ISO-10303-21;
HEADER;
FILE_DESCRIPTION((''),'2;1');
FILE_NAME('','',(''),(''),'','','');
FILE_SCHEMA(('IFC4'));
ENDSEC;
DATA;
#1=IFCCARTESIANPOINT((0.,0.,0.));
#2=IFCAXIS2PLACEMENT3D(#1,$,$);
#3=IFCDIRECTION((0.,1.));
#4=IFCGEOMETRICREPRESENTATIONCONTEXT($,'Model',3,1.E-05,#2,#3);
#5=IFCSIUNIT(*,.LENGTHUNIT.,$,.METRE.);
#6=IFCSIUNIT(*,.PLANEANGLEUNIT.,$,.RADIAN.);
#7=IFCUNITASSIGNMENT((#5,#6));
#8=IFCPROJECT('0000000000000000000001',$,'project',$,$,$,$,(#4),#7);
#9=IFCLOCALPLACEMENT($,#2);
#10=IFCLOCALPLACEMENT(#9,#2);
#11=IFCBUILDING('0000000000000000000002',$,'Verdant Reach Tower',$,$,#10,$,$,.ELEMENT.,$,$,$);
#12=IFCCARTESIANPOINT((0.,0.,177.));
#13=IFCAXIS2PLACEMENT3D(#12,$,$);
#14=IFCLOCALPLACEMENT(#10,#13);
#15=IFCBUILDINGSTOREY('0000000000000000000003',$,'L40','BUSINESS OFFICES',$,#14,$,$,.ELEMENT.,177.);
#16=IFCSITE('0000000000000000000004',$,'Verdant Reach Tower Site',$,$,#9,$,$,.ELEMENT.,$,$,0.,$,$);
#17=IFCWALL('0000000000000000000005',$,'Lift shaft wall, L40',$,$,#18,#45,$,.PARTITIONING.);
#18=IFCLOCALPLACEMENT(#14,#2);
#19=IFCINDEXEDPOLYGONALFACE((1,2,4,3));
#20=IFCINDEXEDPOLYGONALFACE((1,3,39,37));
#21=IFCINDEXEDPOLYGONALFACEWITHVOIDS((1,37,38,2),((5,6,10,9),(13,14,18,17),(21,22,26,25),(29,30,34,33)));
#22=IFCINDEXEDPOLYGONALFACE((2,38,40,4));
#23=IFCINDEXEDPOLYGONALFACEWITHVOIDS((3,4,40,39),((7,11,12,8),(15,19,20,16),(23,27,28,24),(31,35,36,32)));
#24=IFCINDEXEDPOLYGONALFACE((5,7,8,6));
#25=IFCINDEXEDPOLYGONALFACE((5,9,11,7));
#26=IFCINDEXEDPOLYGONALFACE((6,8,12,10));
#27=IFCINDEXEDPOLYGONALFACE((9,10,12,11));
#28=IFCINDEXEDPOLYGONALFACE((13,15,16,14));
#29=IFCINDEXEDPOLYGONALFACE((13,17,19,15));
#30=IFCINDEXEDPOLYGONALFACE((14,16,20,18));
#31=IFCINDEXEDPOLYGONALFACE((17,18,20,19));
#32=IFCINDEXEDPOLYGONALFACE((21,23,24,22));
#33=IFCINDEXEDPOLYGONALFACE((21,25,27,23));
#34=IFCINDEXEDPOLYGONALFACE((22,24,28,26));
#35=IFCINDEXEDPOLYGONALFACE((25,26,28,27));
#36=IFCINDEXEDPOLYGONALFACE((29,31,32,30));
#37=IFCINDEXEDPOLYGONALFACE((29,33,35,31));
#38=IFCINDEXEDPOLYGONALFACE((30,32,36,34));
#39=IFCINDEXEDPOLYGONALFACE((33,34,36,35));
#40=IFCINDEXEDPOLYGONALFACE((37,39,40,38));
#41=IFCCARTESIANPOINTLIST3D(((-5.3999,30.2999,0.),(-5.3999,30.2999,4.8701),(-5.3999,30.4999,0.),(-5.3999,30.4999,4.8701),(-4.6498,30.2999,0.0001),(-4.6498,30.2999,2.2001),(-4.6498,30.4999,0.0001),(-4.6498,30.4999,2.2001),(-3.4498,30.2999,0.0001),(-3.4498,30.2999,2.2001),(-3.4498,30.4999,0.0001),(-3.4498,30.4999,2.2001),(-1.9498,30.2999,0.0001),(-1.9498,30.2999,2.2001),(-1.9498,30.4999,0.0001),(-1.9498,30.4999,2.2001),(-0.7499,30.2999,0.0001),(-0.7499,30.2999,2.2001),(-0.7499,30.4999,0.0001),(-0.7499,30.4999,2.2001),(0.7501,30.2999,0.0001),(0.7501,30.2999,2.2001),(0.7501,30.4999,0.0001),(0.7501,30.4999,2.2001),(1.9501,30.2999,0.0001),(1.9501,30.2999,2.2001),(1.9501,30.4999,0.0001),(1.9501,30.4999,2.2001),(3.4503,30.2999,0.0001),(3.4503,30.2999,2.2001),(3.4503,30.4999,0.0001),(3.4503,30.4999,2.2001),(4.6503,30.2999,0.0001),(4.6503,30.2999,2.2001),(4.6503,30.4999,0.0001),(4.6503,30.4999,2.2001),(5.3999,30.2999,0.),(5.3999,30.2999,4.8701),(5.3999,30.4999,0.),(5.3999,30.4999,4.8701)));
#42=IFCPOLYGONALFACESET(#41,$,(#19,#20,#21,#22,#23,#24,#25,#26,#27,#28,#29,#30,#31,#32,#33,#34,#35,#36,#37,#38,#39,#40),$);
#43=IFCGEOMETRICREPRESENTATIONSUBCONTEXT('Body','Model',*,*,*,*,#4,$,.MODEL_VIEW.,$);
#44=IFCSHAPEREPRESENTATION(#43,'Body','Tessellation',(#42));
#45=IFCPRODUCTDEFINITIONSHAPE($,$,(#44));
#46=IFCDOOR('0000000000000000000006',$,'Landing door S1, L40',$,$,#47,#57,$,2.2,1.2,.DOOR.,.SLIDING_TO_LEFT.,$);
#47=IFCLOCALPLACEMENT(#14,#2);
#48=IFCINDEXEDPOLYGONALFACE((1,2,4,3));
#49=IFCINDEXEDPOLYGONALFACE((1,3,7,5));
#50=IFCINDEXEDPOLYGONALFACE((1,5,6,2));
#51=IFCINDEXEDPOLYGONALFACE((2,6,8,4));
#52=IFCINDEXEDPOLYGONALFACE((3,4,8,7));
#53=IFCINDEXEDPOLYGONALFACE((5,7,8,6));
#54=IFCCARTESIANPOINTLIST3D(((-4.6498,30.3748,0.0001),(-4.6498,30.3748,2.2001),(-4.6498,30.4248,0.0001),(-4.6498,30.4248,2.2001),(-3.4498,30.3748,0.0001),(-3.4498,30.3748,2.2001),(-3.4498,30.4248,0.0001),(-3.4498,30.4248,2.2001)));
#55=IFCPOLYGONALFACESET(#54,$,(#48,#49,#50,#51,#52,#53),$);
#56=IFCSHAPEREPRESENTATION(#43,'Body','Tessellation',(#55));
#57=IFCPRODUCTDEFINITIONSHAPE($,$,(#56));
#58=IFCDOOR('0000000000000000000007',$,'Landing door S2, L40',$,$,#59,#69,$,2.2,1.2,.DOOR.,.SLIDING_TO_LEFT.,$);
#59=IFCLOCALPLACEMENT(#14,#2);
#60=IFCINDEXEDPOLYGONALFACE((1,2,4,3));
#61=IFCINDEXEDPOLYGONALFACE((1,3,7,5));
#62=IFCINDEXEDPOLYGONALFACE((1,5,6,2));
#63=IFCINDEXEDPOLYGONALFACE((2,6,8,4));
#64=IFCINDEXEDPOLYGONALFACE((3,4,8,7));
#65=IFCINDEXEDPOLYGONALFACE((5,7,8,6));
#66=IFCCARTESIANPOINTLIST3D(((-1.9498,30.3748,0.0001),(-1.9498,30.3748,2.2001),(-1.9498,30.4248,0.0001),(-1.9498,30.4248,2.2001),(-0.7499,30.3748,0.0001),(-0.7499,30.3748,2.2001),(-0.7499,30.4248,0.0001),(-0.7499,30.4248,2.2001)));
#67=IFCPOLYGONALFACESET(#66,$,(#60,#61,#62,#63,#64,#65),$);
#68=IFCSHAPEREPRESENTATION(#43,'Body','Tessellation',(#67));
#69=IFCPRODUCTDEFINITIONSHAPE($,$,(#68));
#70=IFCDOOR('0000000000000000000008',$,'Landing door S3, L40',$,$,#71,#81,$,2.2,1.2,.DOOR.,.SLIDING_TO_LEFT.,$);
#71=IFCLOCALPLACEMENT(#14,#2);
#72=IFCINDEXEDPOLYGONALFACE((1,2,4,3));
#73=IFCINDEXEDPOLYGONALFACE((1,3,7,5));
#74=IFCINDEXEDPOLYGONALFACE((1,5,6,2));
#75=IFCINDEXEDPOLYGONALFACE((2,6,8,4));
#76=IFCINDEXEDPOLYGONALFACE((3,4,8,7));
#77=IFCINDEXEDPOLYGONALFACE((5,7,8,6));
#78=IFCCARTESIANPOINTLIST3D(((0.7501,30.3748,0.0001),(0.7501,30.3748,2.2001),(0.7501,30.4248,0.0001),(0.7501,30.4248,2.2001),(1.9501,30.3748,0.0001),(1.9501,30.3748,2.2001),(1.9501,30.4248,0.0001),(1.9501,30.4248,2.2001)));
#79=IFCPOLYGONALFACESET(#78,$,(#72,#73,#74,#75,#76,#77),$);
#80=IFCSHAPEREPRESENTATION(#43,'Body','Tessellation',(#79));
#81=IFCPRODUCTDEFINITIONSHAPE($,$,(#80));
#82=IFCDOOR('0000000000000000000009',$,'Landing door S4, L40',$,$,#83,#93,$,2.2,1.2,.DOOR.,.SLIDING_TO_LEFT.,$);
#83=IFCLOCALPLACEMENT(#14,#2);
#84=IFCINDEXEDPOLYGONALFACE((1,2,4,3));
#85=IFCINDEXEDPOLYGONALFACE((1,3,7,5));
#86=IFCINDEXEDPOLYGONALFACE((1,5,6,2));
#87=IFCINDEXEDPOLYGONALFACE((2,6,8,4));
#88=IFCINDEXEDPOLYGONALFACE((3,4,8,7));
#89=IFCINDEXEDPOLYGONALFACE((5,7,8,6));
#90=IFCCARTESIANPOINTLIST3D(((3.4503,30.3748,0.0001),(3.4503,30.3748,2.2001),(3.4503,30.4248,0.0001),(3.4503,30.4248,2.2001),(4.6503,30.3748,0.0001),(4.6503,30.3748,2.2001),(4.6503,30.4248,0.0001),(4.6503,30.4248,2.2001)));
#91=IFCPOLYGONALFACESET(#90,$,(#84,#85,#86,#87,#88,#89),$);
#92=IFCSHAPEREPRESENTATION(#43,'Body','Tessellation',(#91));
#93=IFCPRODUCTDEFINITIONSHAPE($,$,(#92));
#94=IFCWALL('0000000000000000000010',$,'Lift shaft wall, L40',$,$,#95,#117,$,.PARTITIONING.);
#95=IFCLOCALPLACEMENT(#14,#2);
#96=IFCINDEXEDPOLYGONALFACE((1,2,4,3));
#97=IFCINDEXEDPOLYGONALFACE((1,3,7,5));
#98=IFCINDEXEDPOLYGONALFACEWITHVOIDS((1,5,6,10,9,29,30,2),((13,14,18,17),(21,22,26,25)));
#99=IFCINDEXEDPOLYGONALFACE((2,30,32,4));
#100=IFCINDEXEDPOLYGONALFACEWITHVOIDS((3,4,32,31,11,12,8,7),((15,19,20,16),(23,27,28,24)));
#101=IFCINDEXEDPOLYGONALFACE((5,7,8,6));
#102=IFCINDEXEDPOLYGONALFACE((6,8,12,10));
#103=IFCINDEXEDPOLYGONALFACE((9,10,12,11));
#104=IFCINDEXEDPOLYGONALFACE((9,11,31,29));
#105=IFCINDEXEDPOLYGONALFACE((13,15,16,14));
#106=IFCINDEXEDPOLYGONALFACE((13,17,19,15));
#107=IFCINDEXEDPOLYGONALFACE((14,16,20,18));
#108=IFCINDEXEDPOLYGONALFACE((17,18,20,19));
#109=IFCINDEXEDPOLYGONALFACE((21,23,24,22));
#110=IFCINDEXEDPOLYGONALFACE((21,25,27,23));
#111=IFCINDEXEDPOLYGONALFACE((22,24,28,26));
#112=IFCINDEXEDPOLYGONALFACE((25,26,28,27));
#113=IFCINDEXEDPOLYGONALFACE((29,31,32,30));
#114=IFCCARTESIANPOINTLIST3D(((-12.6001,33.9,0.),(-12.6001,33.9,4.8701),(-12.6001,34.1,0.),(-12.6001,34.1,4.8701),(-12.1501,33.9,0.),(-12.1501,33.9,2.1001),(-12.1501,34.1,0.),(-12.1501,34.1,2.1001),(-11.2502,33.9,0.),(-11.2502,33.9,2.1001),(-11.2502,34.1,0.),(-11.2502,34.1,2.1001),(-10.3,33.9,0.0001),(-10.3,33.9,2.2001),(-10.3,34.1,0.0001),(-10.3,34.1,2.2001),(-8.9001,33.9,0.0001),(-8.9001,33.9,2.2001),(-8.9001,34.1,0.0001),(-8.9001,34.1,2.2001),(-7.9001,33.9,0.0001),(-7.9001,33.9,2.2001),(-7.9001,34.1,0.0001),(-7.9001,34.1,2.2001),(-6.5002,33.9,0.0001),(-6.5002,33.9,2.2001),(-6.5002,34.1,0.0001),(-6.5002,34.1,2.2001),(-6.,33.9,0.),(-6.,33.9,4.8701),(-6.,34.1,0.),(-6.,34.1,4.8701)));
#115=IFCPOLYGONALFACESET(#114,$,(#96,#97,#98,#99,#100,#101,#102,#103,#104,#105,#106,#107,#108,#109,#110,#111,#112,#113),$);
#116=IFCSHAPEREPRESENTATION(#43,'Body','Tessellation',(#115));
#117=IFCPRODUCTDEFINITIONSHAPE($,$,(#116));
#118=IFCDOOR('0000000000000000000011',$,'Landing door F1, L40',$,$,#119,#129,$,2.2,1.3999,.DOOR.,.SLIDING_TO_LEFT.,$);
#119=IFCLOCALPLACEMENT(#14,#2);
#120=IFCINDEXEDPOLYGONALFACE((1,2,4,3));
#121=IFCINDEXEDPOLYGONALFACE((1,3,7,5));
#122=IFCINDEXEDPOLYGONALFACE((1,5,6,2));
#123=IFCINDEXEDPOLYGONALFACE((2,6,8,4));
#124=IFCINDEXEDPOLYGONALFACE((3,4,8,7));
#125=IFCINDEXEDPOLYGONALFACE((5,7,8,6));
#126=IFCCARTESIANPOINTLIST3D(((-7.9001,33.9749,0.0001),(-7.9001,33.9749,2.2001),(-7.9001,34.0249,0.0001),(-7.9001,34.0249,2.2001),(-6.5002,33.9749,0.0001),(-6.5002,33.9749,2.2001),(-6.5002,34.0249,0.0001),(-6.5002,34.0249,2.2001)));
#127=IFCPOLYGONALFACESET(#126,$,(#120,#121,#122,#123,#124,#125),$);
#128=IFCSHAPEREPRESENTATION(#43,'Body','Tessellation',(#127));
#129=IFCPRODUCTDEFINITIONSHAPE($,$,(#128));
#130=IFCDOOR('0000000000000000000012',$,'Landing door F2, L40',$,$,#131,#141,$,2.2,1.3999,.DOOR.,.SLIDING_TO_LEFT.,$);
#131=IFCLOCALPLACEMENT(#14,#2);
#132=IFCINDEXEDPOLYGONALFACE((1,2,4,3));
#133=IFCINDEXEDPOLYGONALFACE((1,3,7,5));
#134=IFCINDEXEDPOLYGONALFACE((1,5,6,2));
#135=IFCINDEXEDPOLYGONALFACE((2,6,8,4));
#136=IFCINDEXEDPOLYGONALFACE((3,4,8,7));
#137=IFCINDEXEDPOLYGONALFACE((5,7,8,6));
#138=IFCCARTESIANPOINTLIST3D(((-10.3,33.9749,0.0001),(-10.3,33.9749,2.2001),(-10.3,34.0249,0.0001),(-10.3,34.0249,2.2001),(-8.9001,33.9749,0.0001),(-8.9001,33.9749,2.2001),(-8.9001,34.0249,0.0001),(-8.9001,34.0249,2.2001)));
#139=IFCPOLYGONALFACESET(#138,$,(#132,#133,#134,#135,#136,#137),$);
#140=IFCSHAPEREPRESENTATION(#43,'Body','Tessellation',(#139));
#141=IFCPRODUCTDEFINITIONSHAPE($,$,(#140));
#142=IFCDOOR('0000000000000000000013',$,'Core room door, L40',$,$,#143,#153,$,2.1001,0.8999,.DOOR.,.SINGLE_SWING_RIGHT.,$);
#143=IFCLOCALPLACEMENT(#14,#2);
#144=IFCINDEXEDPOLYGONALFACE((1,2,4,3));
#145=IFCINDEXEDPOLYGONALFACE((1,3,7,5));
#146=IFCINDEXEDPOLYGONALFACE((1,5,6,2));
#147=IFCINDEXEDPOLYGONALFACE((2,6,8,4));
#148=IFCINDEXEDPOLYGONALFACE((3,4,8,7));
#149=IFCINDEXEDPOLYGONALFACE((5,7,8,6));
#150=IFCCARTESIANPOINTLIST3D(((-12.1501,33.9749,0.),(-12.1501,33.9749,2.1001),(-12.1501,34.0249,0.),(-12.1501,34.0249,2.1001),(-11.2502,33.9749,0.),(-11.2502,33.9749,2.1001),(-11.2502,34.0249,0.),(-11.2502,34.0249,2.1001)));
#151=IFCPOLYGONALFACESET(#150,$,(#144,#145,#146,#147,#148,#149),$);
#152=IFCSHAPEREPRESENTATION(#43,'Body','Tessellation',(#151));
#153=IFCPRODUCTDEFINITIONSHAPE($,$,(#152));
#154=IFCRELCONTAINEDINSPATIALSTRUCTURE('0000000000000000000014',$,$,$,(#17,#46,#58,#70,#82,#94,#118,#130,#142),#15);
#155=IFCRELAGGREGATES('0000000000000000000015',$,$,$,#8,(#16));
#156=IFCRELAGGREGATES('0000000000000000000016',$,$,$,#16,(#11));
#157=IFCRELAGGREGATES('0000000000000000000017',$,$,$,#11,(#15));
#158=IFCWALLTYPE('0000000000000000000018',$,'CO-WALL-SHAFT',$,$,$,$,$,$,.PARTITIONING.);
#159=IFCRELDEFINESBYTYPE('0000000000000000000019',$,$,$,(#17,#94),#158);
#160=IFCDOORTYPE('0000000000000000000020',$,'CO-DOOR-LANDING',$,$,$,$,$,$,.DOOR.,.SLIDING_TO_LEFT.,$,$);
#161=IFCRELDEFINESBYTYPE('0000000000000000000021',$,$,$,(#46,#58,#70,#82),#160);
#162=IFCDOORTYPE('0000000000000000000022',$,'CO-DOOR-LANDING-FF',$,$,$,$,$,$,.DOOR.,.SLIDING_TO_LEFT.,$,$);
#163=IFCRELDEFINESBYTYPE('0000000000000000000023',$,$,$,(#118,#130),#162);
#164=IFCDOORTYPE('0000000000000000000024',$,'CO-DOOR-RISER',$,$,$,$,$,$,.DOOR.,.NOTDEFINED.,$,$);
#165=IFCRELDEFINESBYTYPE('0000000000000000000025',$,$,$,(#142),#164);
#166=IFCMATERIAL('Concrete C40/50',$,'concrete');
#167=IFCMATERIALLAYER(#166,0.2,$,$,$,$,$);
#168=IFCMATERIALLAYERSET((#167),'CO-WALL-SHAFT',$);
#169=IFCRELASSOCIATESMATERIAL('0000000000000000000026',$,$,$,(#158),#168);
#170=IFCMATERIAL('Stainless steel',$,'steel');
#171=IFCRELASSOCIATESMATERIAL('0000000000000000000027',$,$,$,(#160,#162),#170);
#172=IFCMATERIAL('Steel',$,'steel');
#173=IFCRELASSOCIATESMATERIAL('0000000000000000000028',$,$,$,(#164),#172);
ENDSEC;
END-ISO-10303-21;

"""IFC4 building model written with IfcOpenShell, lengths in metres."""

from ifc_helpers import new_model, si_unit, direction, frame, frame_2d, origin, place, context, subcontext, project, spatial, rectangle, extrude, material, layer, layer_set, type_object, element, fill, save


model = new_model("IFC4")

# Units and contexts
model_context = context("Model", 3, precision=1e-05, world=origin(), true_north=direction((0.0, 1.0)))
body_context = subcontext(model_context, "Body", "Model", "MODEL_VIEW")
ifc_project = project(units=[si_unit("LENGTHUNIT", "METRE"), si_unit("PLANEANGLEUNIT", "RADIAN")], contexts=[model_context])

# Site, building, storey
site_placement = place(None, origin())
site = spatial("IfcSite", under=ifc_project, at=site_placement, Name="Verdant Reach Tower Site", CompositionType="ELEMENT", RefElevation=0.0)
building_placement = place(site_placement, origin())
building = spatial("IfcBuilding", under=site, at=building_placement, Name="Verdant Reach Tower", CompositionType="ELEMENT")
storey_placement = place(building_placement, frame((0.0, 0.0, 177.0)))
storey = spatial("IfcBuildingStorey", under=building, at=storey_placement, Name="L40", Description="BUSINESS OFFICES", CompositionType="ELEMENT", Elevation=177.0)

# Shared definitions
ifc_material_1 = material(Name="Concrete C40/50", Category="concrete")
ifc_layer_1 = layer(ifc_material_1, 0.2)
ifc_layer_set_1 = layer_set([ifc_layer_1], Name="CO-WALL-SHAFT")
wall_type_1 = type_object("IfcWallType", Name="CO-WALL-SHAFT", PredefinedType="PARTITIONING", material=ifc_layer_set_1)

# Walls, openings, doors
wall_1_placement = place(storey_placement, frame((-5.3999, 30.3999, 0.0), z_axis=(0.0, 0.0, 1.0), x_axis=(1.0, 0.0, 0.0)))
wall_1 = element("IfcWall", 1, at=wall_1_placement, inside=storey, type_object=wall_type_1, Name="Lift shaft wall, L40", PredefinedType="PARTITIONING", context=body_context, shape_type="SweptSolid", body=[
    extrude(rectangle(XDim=10.7998, YDim=0.2, at=frame_2d((5.3999, 0.0))), origin(), (0.0, 0.0, 1.0), 4.8701),
])
opening_1_placement = place(wall_1_placement, frame((0.75, 0.0, 0.0)))
opening_1 = element("IfcOpeningElement", 2, at=opening_1_placement, cuts=wall_1, PredefinedType="OPENING", context=body_context, shape_type="SweptSolid", body=[
    extrude(rectangle(XDim=1.2, YDim=2.2, at=frame_2d((0.6001, 1.1001))), frame((0.0, 0.1099, 0.0), z_axis=(0.0, -1.0, 0.0), x_axis=(1.0, 0.0, 0.0)), (0.0, 0.0, 1.0), 0.22),
])
opening_2_placement = place(wall_1_placement, frame((3.45, 0.0, 0.0)))
opening_2 = element("IfcOpeningElement", 3, at=opening_2_placement, cuts=wall_1, PredefinedType="OPENING", context=body_context, shape_type="SweptSolid", body=[
    extrude(rectangle(XDim=1.2, YDim=2.2, at=frame_2d((0.6001, 1.1001))), frame((0.0, 0.1099, 0.0), z_axis=(0.0, -1.0, 0.0), x_axis=(1.0, 0.0, 0.0)), (0.0, 0.0, 1.0), 0.22),
])
opening_3_placement = place(wall_1_placement, frame((6.1499, 0.0, 0.0)))
opening_3 = element("IfcOpeningElement", 4, at=opening_3_placement, cuts=wall_1, PredefinedType="OPENING", context=body_context, shape_type="SweptSolid", body=[
    extrude(rectangle(XDim=1.2, YDim=2.2, at=frame_2d((0.6001, 1.1001))), frame((0.0, 0.1099, 0.0), z_axis=(0.0, -1.0, 0.0), x_axis=(1.0, 0.0, 0.0)), (0.0, 0.0, 1.0), 0.22),
])
opening_4_placement = place(wall_1_placement, frame((8.8501, 0.0, 0.0)))
opening_4 = element("IfcOpeningElement", 5, at=opening_4_placement, cuts=wall_1, PredefinedType="OPENING", context=body_context, shape_type="SweptSolid", body=[
    extrude(rectangle(XDim=1.2, YDim=2.2, at=frame_2d((0.6001, 1.1001))), frame((0.0, 0.1099, 0.0), z_axis=(0.0, -1.0, 0.0), x_axis=(1.0, 0.0, 0.0)), (0.0, 0.0, 1.0), 0.22),
])
ifc_material_2 = material(Name="Stainless steel", Category="steel")
door_type_1 = type_object("IfcDoorType", Name="CO-DOOR-LANDING", OperationType="SLIDING_TO_LEFT", PredefinedType="DOOR", material=ifc_material_2)
door_1_placement = place(opening_1_placement, origin())
door_1 = element("IfcDoor", 6, at=door_1_placement, inside=storey, type_object=door_type_1, Name="Landing door S1, L40", OperationType="SLIDING_TO_LEFT", OverallHeight=2.2, OverallWidth=1.2, PredefinedType="DOOR", context=body_context, shape_type="SweptSolid", body=[
    extrude(rectangle(XDim=1.2, YDim=2.2, at=frame_2d((0.6001, 1.1001))), frame((0.0, 0.0249, 0.0), z_axis=(0.0, -1.0, 0.0), x_axis=(1.0, 0.0, 0.0)), (0.0, 0.0, 1.0), 0.05),
])
fill(opening_1, door_1)
door_2_placement = place(opening_2_placement, origin())
door_2 = element("IfcDoor", 7, at=door_2_placement, inside=storey, type_object=door_type_1, Name="Landing door S2, L40", OperationType="SLIDING_TO_LEFT", OverallHeight=2.2, OverallWidth=1.2, PredefinedType="DOOR", context=body_context, shape_type="SweptSolid", body=[
    extrude(rectangle(XDim=1.2, YDim=2.2, at=frame_2d((0.6001, 1.1001))), frame((0.0, 0.0249, 0.0), z_axis=(0.0, -1.0, 0.0), x_axis=(1.0, 0.0, 0.0)), (0.0, 0.0, 1.0), 0.05),
])
fill(opening_2, door_2)
door_3_placement = place(opening_3_placement, origin())
door_3 = element("IfcDoor", 8, at=door_3_placement, inside=storey, type_object=door_type_1, Name="Landing door S3, L40", OperationType="SLIDING_TO_LEFT", OverallHeight=2.2, OverallWidth=1.2, PredefinedType="DOOR", context=body_context, shape_type="SweptSolid", body=[
    extrude(rectangle(XDim=1.2, YDim=2.2, at=frame_2d((0.6001, 1.1001))), frame((0.0, 0.0249, 0.0), z_axis=(0.0, -1.0, 0.0), x_axis=(1.0, 0.0, 0.0)), (0.0, 0.0, 1.0), 0.05),
])
fill(opening_3, door_3)
door_4_placement = place(opening_4_placement, origin())
door_4 = element("IfcDoor", 9, at=door_4_placement, inside=storey, type_object=door_type_1, Name="Landing door S4, L40", OperationType="SLIDING_TO_LEFT", OverallHeight=2.2, OverallWidth=1.2, PredefinedType="DOOR", context=body_context, shape_type="SweptSolid", body=[
    extrude(rectangle(XDim=1.2, YDim=2.2, at=frame_2d((0.6001, 1.1001))), frame((0.0, 0.0249, 0.0), z_axis=(0.0, -1.0, 0.0), x_axis=(1.0, 0.0, 0.0)), (0.0, 0.0, 1.0), 0.05),
])
fill(opening_4, door_4)
wall_2_placement = place(storey_placement, frame((-12.6001, 34.0, 0.0), z_axis=(0.0, 0.0, 1.0), x_axis=(1.0, 0.0, 0.0)))
wall_2 = element("IfcWall", 10, at=wall_2_placement, inside=storey, type_object=wall_type_1, Name="Lift shaft wall, L40", PredefinedType="PARTITIONING", context=body_context, shape_type="SweptSolid", body=[
    extrude(rectangle(XDim=6.6001, YDim=0.2, at=frame_2d((3.3, 0.0))), origin(), (0.0, 0.0, 1.0), 4.8701),
])
opening_5_placement = place(wall_2_placement, frame((4.7, 0.0, 0.0)))
opening_5 = element("IfcOpeningElement", 11, at=opening_5_placement, cuts=wall_2, PredefinedType="OPENING", context=body_context, shape_type="SweptSolid", body=[
    extrude(rectangle(XDim=1.3999, YDim=2.2, at=frame_2d((0.7, 1.1001))), frame((0.0, 0.1099, 0.0), z_axis=(0.0, -1.0, 0.0), x_axis=(1.0, 0.0, 0.0)), (0.0, 0.0, 1.0), 0.22),
])
opening_6_placement = place(wall_2_placement, frame((2.3, 0.0, 0.0)))
opening_6 = element("IfcOpeningElement", 12, at=opening_6_placement, cuts=wall_2, PredefinedType="OPENING", context=body_context, shape_type="SweptSolid", body=[
    extrude(rectangle(XDim=1.3999, YDim=2.2, at=frame_2d((0.7, 1.1001))), frame((0.0, 0.1099, 0.0), z_axis=(0.0, -1.0, 0.0), x_axis=(1.0, 0.0, 0.0)), (0.0, 0.0, 1.0), 0.22),
])
opening_7_placement = place(wall_2_placement, frame((0.45, 0.0, 0.0)))
opening_7 = element("IfcOpeningElement", 13, at=opening_7_placement, cuts=wall_2, PredefinedType="OPENING", context=body_context, shape_type="SweptSolid", body=[
    extrude(rectangle(XDim=0.8999, YDim=2.1001, at=frame_2d((0.45, 1.05))), frame((0.0, 0.1099, 0.0), z_axis=(0.0, -1.0, 0.0), x_axis=(1.0, 0.0, 0.0)), (0.0, 0.0, 1.0), 0.22),
])
door_type_2 = type_object("IfcDoorType", Name="CO-DOOR-LANDING-FF", OperationType="SLIDING_TO_LEFT", PredefinedType="DOOR", material=ifc_material_2)
door_5_placement = place(opening_5_placement, origin())
door_5 = element("IfcDoor", 14, at=door_5_placement, inside=storey, type_object=door_type_2, Name="Landing door F1, L40", OperationType="SLIDING_TO_LEFT", OverallHeight=2.2, OverallWidth=1.3999, PredefinedType="DOOR", context=body_context, shape_type="SweptSolid", body=[
    extrude(rectangle(XDim=1.3999, YDim=2.2, at=frame_2d((0.7, 1.1001))), frame((0.0, 0.0249, 0.0), z_axis=(0.0, -1.0, 0.0), x_axis=(1.0, 0.0, 0.0)), (0.0, 0.0, 1.0), 0.05),
])
fill(opening_5, door_5)
door_6_placement = place(opening_6_placement, origin())
door_6 = element("IfcDoor", 15, at=door_6_placement, inside=storey, type_object=door_type_2, Name="Landing door F2, L40", OperationType="SLIDING_TO_LEFT", OverallHeight=2.2, OverallWidth=1.3999, PredefinedType="DOOR", context=body_context, shape_type="SweptSolid", body=[
    extrude(rectangle(XDim=1.3999, YDim=2.2, at=frame_2d((0.7, 1.1001))), frame((0.0, 0.0249, 0.0), z_axis=(0.0, -1.0, 0.0), x_axis=(1.0, 0.0, 0.0)), (0.0, 0.0, 1.0), 0.05),
])
fill(opening_6, door_6)
ifc_material_3 = material(Name="Steel", Category="steel")
door_type_3 = type_object("IfcDoorType", Name="CO-DOOR-RISER", OperationType="NOTDEFINED", PredefinedType="DOOR", material=ifc_material_3)
door_7_placement = place(opening_7_placement, origin())
door_7 = element("IfcDoor", 16, at=door_7_placement, inside=storey, type_object=door_type_3, Name="Core room door, L40", OperationType="SINGLE_SWING_RIGHT", OverallHeight=2.1001, OverallWidth=0.8999, PredefinedType="DOOR", context=body_context, shape_type="SweptSolid", body=[
    extrude(rectangle(XDim=0.8999, YDim=2.1001, at=frame_2d((0.45, 1.05))), frame((0.0, 0.0249, 0.0), z_axis=(0.0, -1.0, 0.0), x_axis=(1.0, 0.0, 0.0)), (0.0, 0.0, 1.0), 0.05),
])
fill(opening_7, door_7)

save(model, "model.ifc")
